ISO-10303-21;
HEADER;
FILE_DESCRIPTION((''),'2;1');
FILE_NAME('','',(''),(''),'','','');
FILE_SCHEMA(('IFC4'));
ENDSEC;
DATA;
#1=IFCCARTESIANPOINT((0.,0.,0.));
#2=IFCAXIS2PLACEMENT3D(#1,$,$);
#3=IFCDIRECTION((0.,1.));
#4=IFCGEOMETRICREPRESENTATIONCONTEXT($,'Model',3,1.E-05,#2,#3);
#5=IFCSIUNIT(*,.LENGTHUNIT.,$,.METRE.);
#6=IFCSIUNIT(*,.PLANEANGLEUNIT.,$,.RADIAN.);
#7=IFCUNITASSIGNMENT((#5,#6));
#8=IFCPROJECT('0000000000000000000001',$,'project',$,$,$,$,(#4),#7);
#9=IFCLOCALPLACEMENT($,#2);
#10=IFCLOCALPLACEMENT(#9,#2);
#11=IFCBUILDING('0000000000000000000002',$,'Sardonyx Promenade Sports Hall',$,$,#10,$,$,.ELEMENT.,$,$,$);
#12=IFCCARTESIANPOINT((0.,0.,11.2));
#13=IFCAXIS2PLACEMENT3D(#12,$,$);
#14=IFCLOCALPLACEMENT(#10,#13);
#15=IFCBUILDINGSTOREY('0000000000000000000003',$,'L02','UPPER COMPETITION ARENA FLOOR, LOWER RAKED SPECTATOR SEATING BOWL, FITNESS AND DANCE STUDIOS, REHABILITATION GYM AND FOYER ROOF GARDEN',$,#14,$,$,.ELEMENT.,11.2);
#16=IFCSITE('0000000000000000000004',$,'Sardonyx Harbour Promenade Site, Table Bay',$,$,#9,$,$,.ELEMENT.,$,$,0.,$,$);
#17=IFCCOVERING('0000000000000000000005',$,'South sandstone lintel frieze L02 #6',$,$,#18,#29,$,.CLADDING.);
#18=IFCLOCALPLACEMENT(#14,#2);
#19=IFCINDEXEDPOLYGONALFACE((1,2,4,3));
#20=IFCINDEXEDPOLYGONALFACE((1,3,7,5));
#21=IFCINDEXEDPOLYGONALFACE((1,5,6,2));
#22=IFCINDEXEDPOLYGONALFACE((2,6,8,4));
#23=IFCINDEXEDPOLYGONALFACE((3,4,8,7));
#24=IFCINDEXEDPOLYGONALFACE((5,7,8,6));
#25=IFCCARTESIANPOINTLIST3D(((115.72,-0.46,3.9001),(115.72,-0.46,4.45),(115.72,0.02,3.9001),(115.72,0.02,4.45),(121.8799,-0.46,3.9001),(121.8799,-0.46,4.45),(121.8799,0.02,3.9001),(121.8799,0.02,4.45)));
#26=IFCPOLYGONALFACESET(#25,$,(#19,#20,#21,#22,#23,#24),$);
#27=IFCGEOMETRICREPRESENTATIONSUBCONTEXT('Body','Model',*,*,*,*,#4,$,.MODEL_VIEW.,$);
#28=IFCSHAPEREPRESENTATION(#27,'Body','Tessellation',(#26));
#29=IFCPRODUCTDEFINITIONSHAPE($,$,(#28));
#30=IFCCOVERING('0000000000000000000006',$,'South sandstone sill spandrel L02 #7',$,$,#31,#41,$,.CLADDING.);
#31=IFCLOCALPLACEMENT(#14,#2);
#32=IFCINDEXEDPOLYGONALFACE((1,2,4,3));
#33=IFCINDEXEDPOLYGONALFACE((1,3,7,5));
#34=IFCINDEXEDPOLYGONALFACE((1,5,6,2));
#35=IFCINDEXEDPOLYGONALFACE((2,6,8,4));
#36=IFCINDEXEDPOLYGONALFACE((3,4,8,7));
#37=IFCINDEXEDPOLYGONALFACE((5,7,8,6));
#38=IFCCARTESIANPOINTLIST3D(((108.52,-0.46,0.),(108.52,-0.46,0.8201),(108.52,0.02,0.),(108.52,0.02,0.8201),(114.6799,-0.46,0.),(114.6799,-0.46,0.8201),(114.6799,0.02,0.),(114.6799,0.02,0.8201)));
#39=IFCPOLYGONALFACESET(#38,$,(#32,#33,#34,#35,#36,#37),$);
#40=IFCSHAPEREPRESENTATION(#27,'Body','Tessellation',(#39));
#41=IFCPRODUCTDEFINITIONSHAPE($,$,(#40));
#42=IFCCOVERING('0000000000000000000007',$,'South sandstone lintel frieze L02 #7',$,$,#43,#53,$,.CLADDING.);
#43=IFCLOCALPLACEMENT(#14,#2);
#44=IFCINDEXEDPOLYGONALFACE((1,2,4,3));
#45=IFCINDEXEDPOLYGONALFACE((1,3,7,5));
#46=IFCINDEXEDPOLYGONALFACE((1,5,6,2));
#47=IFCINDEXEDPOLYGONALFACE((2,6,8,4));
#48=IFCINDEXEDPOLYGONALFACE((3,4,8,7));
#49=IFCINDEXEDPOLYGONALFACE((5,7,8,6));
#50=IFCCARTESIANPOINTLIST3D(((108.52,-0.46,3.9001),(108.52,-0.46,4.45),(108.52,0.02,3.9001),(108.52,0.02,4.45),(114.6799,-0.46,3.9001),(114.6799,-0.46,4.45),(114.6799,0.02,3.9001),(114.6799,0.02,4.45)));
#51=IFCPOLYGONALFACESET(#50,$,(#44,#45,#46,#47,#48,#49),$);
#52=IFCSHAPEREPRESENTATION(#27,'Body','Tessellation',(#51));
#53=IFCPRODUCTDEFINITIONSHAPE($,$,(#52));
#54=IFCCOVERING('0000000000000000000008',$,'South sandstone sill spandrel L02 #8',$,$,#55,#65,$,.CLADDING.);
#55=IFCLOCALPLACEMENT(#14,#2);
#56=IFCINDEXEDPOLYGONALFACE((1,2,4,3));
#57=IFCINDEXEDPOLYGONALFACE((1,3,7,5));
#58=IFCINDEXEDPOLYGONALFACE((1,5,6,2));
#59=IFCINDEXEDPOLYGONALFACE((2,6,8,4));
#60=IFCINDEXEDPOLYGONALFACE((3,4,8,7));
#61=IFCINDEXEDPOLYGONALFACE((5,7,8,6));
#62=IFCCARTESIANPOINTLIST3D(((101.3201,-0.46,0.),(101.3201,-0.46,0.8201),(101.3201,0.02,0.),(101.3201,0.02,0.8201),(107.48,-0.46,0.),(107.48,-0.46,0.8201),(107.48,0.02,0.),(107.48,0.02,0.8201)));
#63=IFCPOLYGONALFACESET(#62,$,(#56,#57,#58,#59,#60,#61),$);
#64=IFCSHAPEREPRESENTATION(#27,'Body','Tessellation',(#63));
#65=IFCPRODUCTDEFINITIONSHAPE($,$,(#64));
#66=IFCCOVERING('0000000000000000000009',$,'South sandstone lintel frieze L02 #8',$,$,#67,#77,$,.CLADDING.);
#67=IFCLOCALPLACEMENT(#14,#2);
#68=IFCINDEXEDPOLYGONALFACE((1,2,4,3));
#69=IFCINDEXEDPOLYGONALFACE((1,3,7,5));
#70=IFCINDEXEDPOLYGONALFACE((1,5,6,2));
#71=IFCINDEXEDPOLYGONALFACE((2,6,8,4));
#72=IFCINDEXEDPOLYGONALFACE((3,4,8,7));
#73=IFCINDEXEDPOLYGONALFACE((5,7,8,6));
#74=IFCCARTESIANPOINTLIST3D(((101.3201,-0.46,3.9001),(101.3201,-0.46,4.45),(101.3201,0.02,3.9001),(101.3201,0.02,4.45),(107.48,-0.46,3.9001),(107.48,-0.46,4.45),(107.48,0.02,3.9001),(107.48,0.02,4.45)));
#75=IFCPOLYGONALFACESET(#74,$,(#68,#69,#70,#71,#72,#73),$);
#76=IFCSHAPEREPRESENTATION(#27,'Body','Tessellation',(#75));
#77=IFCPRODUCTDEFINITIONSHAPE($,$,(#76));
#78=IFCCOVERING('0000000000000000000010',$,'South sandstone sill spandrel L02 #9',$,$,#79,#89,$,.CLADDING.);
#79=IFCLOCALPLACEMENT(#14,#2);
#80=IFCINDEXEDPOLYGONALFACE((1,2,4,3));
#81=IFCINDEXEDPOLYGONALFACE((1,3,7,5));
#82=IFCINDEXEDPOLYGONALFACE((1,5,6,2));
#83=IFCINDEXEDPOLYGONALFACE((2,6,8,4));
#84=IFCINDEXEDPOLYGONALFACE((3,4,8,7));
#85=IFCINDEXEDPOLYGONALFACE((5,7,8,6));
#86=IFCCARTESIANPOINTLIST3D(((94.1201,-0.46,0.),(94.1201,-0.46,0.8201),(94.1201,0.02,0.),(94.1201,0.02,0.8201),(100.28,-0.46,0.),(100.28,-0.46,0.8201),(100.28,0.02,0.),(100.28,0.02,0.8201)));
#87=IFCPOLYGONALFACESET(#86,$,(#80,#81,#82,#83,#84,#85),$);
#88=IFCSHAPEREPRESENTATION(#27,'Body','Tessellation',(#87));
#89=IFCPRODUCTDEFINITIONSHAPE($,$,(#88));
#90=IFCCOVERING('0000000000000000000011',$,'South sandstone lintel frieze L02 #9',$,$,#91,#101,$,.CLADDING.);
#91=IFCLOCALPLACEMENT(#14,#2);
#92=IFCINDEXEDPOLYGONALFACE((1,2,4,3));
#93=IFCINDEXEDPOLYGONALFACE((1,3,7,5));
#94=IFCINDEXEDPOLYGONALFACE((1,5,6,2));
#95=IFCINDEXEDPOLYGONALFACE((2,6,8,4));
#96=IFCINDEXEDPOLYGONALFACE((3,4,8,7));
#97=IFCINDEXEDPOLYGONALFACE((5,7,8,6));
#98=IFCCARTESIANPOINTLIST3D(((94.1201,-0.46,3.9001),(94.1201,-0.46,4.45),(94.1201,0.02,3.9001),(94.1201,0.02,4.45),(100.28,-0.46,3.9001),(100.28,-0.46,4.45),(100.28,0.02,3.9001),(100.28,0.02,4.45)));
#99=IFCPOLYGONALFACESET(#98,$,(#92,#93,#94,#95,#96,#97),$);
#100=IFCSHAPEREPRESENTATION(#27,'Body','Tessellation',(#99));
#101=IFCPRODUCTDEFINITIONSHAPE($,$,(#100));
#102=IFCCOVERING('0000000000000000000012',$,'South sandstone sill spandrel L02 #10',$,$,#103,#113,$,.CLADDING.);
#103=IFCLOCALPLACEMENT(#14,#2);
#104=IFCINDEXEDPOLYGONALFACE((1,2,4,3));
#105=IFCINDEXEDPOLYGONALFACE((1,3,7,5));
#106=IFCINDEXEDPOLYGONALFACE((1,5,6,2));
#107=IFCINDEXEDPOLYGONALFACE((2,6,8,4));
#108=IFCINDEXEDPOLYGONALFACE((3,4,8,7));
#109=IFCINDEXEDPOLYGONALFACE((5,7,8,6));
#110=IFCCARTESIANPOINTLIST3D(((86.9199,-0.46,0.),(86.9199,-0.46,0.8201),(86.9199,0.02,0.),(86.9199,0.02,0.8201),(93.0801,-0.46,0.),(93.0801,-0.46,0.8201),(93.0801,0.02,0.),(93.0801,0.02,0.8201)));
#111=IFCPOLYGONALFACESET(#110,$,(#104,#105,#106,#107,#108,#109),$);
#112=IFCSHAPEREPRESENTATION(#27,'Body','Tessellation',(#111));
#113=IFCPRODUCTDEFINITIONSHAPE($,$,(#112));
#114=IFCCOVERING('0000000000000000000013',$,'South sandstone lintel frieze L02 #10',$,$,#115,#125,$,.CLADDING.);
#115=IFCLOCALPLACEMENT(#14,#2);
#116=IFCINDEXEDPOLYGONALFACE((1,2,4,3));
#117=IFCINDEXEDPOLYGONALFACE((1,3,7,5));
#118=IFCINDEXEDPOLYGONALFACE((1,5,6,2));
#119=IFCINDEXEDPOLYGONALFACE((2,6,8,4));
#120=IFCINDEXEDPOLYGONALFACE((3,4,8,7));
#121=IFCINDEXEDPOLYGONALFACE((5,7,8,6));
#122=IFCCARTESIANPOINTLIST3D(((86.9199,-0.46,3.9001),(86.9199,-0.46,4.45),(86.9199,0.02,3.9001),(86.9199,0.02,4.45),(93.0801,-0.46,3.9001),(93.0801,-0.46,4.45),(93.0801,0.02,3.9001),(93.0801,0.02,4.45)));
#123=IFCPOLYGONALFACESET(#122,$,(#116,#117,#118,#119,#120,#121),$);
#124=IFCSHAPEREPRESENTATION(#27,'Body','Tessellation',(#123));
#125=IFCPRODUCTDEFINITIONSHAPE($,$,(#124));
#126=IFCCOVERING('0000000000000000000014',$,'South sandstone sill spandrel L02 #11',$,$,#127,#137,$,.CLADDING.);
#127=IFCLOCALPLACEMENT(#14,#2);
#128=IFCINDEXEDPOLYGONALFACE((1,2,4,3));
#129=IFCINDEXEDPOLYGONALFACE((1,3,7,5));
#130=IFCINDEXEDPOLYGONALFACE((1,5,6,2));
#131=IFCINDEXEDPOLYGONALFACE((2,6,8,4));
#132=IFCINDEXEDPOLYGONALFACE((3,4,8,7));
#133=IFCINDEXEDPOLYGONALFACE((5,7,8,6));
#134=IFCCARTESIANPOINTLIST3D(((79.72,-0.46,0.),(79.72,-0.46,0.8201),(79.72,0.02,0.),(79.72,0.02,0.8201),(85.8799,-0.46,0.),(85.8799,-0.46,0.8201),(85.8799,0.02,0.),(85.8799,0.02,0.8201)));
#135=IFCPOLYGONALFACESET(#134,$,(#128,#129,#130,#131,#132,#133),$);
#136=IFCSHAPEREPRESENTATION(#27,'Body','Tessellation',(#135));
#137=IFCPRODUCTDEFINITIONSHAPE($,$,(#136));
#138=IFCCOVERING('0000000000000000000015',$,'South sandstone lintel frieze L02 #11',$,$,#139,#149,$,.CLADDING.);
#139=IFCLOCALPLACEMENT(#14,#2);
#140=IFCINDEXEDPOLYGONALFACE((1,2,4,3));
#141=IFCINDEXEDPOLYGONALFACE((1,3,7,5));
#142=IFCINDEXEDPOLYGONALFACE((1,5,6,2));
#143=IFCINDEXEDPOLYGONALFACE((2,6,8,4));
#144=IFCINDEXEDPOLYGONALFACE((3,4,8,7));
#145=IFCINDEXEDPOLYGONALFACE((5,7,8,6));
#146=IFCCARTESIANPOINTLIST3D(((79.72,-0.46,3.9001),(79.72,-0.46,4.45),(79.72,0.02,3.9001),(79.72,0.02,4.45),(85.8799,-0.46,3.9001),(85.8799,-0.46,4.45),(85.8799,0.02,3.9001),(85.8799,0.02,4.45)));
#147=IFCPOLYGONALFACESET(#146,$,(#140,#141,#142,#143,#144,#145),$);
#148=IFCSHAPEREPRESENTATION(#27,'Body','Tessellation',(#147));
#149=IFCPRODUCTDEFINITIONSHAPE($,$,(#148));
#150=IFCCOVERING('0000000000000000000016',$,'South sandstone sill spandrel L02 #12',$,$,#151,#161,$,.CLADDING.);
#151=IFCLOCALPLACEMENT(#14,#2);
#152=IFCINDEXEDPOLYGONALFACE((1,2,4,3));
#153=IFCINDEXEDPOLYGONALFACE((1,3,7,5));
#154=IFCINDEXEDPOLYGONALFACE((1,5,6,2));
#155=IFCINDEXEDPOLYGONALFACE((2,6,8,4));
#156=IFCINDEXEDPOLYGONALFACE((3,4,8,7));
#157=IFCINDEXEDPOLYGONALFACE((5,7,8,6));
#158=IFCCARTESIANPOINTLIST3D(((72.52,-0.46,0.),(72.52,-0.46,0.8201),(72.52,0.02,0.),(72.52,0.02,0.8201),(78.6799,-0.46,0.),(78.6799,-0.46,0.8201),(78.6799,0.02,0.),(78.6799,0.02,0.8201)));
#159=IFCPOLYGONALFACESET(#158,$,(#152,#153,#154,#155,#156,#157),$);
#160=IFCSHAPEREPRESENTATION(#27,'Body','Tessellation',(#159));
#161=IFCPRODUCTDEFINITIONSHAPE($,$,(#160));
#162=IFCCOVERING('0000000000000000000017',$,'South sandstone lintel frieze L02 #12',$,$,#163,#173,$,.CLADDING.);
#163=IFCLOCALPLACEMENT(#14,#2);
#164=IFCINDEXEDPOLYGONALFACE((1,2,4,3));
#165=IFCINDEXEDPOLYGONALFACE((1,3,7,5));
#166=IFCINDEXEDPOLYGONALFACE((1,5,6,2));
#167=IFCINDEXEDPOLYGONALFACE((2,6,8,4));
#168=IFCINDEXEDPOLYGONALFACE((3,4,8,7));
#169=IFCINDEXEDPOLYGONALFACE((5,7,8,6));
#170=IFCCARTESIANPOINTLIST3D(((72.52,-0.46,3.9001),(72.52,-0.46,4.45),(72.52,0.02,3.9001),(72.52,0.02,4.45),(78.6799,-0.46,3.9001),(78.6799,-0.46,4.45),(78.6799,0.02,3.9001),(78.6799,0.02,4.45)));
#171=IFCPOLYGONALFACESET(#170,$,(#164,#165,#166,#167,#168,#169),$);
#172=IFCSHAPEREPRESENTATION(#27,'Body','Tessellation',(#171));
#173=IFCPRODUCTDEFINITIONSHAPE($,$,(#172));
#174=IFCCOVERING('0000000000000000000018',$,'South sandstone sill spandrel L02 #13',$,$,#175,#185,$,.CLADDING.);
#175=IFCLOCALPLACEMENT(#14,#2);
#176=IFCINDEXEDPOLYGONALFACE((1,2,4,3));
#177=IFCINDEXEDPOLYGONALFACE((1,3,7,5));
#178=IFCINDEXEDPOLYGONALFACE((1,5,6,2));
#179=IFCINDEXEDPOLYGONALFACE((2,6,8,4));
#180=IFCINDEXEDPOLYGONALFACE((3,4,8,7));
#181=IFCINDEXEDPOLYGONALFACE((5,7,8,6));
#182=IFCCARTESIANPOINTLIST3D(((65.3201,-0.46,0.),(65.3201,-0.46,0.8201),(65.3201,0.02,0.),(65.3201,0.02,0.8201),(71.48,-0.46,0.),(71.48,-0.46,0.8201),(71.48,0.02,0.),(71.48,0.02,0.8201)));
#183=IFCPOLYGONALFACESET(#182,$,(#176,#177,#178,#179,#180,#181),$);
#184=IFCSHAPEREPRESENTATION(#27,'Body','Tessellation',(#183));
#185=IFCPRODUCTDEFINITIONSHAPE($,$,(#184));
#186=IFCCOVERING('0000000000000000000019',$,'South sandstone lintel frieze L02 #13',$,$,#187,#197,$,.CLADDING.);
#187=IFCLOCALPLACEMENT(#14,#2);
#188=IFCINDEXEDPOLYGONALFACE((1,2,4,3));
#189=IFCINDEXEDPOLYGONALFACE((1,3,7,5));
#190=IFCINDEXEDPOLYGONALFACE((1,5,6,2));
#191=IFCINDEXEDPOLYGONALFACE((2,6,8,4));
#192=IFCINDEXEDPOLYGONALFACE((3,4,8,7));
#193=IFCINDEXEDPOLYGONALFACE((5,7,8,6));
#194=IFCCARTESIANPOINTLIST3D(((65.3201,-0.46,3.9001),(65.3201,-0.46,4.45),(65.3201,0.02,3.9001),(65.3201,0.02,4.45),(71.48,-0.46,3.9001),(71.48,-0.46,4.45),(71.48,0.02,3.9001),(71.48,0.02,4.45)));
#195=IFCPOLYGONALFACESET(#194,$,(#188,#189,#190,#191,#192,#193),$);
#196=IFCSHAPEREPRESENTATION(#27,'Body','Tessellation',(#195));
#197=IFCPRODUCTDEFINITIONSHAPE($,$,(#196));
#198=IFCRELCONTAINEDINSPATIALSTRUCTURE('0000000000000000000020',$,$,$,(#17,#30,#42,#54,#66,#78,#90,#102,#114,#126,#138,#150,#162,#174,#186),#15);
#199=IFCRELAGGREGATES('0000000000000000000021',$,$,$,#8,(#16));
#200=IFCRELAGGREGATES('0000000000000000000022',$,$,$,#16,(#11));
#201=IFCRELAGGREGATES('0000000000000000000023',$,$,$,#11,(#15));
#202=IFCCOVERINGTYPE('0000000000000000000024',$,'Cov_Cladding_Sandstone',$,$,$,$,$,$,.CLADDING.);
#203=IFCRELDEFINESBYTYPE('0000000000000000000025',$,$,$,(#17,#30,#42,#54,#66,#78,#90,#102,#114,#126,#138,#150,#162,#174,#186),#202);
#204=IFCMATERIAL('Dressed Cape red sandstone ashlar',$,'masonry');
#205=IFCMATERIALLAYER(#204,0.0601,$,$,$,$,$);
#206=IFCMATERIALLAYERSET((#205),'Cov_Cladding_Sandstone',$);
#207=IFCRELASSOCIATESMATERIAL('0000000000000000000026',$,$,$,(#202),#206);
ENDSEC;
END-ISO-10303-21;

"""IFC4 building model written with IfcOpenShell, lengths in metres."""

from ifc_helpers import new_model, si_unit, direction, frame, origin, place, context, subcontext, project, spatial, polyline, outline, extrude, material, layer, layer_set, type_object, element, save


model = new_model("IFC4")

# Units and contexts
model_context = context("Model", 3, precision=1e-05, world=origin(), true_north=direction((0.0, 1.0)))
body_context = subcontext(model_context, "Body", "Model", "MODEL_VIEW")
ifc_project = project(units=[si_unit("LENGTHUNIT", "METRE"), si_unit("PLANEANGLEUNIT", "RADIAN")], contexts=[model_context])

# Site, building, storey
site_placement = place(None, origin())
site = spatial("IfcSite", under=ifc_project, at=site_placement, Name="Sardonyx Harbour Promenade Site, Table Bay", CompositionType="ELEMENT", RefElevation=0.0)
building_placement = place(site_placement, origin())
building = spatial("IfcBuilding", under=site, at=building_placement, Name="Sardonyx Promenade Sports Hall", CompositionType="ELEMENT")
storey_placement = place(building_placement, frame((0.0, 0.0, 11.2)))
storey = spatial("IfcBuildingStorey", under=building, at=storey_placement, Name="L02", Description="UPPER COMPETITION ARENA FLOOR, LOWER RAKED SPECTATOR SEATING BOWL, FITNESS AND DANCE STUDIOS, REHABILITATION GYM AND FOYER ROOF GARDEN", CompositionType="ELEMENT", Elevation=11.2)

# Coverings
ifc_material = material(Name="Dressed Cape red sandstone ashlar", Category="masonry")
ifc_layer = layer(ifc_material, 0.0601)
ifc_layer_set = layer_set([ifc_layer], Name="Cov_Cladding_Sandstone")
covering_type = type_object("IfcCoveringType", Name="Cov_Cladding_Sandstone", PredefinedType="CLADDING", material=ifc_layer_set)
covering_1_placement = place(storey_placement, frame((0.0, 0.0, 3.9001)))
element("IfcCovering", 1, at=covering_1_placement, inside=storey, type_object=covering_type, Name="South sandstone lintel frieze L02 #6", PredefinedType="CLADDING", context=body_context, shape_type="SweptSolid", body=[
    extrude(outline(polyline([(115.72, -0.46), (121.8799, -0.46), (121.8799, 0.02), (115.72, 0.02), (115.72, -0.46)])), origin(), (0.0, 0.0, 1.0), 0.5498),
])
covering_2_placement = place(storey_placement, origin())
element("IfcCovering", 2, at=covering_2_placement, inside=storey, type_object=covering_type, Name="South sandstone sill spandrel L02 #7", PredefinedType="CLADDING", context=body_context, shape_type="SweptSolid", body=[
    extrude(outline(polyline([(108.52, -0.46), (114.6799, -0.46), (114.6799, 0.02), (108.52, 0.02), (108.52, -0.46)])), origin(), (0.0, 0.0, 1.0), 0.8201),
])
covering_3_placement = place(storey_placement, frame((0.0, 0.0, 3.9001)))
element("IfcCovering", 3, at=covering_3_placement, inside=storey, type_object=covering_type, Name="South sandstone lintel frieze L02 #7", PredefinedType="CLADDING", context=body_context, shape_type="SweptSolid", body=[
    extrude(outline(polyline([(108.52, -0.46), (114.6799, -0.46), (114.6799, 0.02), (108.52, 0.02), (108.52, -0.46)])), origin(), (0.0, 0.0, 1.0), 0.5498),
])
covering_4_placement = place(storey_placement, origin())
element("IfcCovering", 4, at=covering_4_placement, inside=storey, type_object=covering_type, Name="South sandstone sill spandrel L02 #8", PredefinedType="CLADDING", context=body_context, shape_type="SweptSolid", body=[
    extrude(outline(polyline([(101.3201, -0.46), (107.48, -0.46), (107.48, 0.02), (101.3201, 0.02), (101.3201, -0.46)])), origin(), (0.0, 0.0, 1.0), 0.8201),
])
covering_5_placement = place(storey_placement, frame((0.0, 0.0, 3.9001)))
element("IfcCovering", 5, at=covering_5_placement, inside=storey, type_object=covering_type, Name="South sandstone lintel frieze L02 #8", PredefinedType="CLADDING", context=body_context, shape_type="SweptSolid", body=[
    extrude(outline(polyline([(101.3201, -0.46), (107.48, -0.46), (107.48, 0.02), (101.3201, 0.02), (101.3201, -0.46)])), origin(), (0.0, 0.0, 1.0), 0.5498),
])
covering_6_placement = place(storey_placement, origin())
element("IfcCovering", 6, at=covering_6_placement, inside=storey, type_object=covering_type, Name="South sandstone sill spandrel L02 #9", PredefinedType="CLADDING", context=body_context, shape_type="SweptSolid", body=[
    extrude(outline(polyline([(94.1201, -0.46), (100.28, -0.46), (100.28, 0.02), (94.1201, 0.02), (94.1201, -0.46)])), origin(), (0.0, 0.0, 1.0), 0.8201),
])
covering_7_placement = place(storey_placement, frame((0.0, 0.0, 3.9001)))
element("IfcCovering", 7, at=covering_7_placement, inside=storey, type_object=covering_type, Name="South sandstone lintel frieze L02 #9", PredefinedType="CLADDING", context=body_context, shape_type="SweptSolid", body=[
    extrude(outline(polyline([(94.1201, -0.46), (100.28, -0.46), (100.28, 0.02), (94.1201, 0.02), (94.1201, -0.46)])), origin(), (0.0, 0.0, 1.0), 0.5498),
])
covering_8_placement = place(storey_placement, origin())
element("IfcCovering", 8, at=covering_8_placement, inside=storey, type_object=covering_type, Name="South sandstone sill spandrel L02 #10", PredefinedType="CLADDING", context=body_context, shape_type="SweptSolid", body=[
    extrude(outline(polyline([(86.9199, -0.46), (93.0801, -0.46), (93.0801, 0.02), (86.9199, 0.02), (86.9199, -0.46)])), origin(), (0.0, 0.0, 1.0), 0.8201),
])
covering_9_placement = place(storey_placement, frame((0.0, 0.0, 3.9001)))
element("IfcCovering", 9, at=covering_9_placement, inside=storey, type_object=covering_type, Name="South sandstone lintel frieze L02 #10", PredefinedType="CLADDING", context=body_context, shape_type="SweptSolid", body=[
    extrude(outline(polyline([(86.9199, -0.46), (93.0801, -0.46), (93.0801, 0.02), (86.9199, 0.02), (86.9199, -0.46)])), origin(), (0.0, 0.0, 1.0), 0.5498),
])
covering_10_placement = place(storey_placement, origin())
element("IfcCovering", 10, at=covering_10_placement, inside=storey, type_object=covering_type, Name="South sandstone sill spandrel L02 #11", PredefinedType="CLADDING", context=body_context, shape_type="SweptSolid", body=[
    extrude(outline(polyline([(79.72, -0.46), (85.8799, -0.46), (85.8799, 0.02), (79.72, 0.02), (79.72, -0.46)])), origin(), (0.0, 0.0, 1.0), 0.8201),
])
covering_11_placement = place(storey_placement, frame((0.0, 0.0, 3.9001)))
element("IfcCovering", 11, at=covering_11_placement, inside=storey, type_object=covering_type, Name="South sandstone lintel frieze L02 #11", PredefinedType="CLADDING", context=body_context, shape_type="SweptSolid", body=[
    extrude(outline(polyline([(79.72, -0.46), (85.8799, -0.46), (85.8799, 0.02), (79.72, 0.02), (79.72, -0.46)])), origin(), (0.0, 0.0, 1.0), 0.5498),
])
covering_12_placement = place(storey_placement, origin())
element("IfcCovering", 12, at=covering_12_placement, inside=storey, type_object=covering_type, Name="South sandstone sill spandrel L02 #12", PredefinedType="CLADDING", context=body_context, shape_type="SweptSolid", body=[
    extrude(outline(polyline([(72.52, -0.46), (78.6799, -0.46), (78.6799, 0.02), (72.52, 0.02), (72.52, -0.46)])), origin(), (0.0, 0.0, 1.0), 0.8201),
])
covering_13_placement = place(storey_placement, frame((0.0, 0.0, 3.9001)))
element("IfcCovering", 13, at=covering_13_placement, inside=storey, type_object=covering_type, Name="South sandstone lintel frieze L02 #12", PredefinedType="CLADDING", context=body_context, shape_type="SweptSolid", body=[
    extrude(outline(polyline([(72.52, -0.46), (78.6799, -0.46), (78.6799, 0.02), (72.52, 0.02), (72.52, -0.46)])), origin(), (0.0, 0.0, 1.0), 0.5498),
])
covering_14_placement = place(storey_placement, origin())
element("IfcCovering", 14, at=covering_14_placement, inside=storey, type_object=covering_type, Name="South sandstone sill spandrel L02 #13", PredefinedType="CLADDING", context=body_context, shape_type="SweptSolid", body=[
    extrude(outline(polyline([(65.3201, -0.46), (71.48, -0.46), (71.48, 0.02), (65.3201, 0.02), (65.3201, -0.46)])), origin(), (0.0, 0.0, 1.0), 0.8201),
])
covering_15_placement = place(storey_placement, frame((0.0, 0.0, 3.9001)))
element("IfcCovering", 15, at=covering_15_placement, inside=storey, type_object=covering_type, Name="South sandstone lintel frieze L02 #13", PredefinedType="CLADDING", context=body_context, shape_type="SweptSolid", body=[
    extrude(outline(polyline([(65.3201, -0.46), (71.48, -0.46), (71.48, 0.02), (65.3201, 0.02), (65.3201, -0.46)])), origin(), (0.0, 0.0, 1.0), 0.5498),
])

save(model, "model.ifc")
